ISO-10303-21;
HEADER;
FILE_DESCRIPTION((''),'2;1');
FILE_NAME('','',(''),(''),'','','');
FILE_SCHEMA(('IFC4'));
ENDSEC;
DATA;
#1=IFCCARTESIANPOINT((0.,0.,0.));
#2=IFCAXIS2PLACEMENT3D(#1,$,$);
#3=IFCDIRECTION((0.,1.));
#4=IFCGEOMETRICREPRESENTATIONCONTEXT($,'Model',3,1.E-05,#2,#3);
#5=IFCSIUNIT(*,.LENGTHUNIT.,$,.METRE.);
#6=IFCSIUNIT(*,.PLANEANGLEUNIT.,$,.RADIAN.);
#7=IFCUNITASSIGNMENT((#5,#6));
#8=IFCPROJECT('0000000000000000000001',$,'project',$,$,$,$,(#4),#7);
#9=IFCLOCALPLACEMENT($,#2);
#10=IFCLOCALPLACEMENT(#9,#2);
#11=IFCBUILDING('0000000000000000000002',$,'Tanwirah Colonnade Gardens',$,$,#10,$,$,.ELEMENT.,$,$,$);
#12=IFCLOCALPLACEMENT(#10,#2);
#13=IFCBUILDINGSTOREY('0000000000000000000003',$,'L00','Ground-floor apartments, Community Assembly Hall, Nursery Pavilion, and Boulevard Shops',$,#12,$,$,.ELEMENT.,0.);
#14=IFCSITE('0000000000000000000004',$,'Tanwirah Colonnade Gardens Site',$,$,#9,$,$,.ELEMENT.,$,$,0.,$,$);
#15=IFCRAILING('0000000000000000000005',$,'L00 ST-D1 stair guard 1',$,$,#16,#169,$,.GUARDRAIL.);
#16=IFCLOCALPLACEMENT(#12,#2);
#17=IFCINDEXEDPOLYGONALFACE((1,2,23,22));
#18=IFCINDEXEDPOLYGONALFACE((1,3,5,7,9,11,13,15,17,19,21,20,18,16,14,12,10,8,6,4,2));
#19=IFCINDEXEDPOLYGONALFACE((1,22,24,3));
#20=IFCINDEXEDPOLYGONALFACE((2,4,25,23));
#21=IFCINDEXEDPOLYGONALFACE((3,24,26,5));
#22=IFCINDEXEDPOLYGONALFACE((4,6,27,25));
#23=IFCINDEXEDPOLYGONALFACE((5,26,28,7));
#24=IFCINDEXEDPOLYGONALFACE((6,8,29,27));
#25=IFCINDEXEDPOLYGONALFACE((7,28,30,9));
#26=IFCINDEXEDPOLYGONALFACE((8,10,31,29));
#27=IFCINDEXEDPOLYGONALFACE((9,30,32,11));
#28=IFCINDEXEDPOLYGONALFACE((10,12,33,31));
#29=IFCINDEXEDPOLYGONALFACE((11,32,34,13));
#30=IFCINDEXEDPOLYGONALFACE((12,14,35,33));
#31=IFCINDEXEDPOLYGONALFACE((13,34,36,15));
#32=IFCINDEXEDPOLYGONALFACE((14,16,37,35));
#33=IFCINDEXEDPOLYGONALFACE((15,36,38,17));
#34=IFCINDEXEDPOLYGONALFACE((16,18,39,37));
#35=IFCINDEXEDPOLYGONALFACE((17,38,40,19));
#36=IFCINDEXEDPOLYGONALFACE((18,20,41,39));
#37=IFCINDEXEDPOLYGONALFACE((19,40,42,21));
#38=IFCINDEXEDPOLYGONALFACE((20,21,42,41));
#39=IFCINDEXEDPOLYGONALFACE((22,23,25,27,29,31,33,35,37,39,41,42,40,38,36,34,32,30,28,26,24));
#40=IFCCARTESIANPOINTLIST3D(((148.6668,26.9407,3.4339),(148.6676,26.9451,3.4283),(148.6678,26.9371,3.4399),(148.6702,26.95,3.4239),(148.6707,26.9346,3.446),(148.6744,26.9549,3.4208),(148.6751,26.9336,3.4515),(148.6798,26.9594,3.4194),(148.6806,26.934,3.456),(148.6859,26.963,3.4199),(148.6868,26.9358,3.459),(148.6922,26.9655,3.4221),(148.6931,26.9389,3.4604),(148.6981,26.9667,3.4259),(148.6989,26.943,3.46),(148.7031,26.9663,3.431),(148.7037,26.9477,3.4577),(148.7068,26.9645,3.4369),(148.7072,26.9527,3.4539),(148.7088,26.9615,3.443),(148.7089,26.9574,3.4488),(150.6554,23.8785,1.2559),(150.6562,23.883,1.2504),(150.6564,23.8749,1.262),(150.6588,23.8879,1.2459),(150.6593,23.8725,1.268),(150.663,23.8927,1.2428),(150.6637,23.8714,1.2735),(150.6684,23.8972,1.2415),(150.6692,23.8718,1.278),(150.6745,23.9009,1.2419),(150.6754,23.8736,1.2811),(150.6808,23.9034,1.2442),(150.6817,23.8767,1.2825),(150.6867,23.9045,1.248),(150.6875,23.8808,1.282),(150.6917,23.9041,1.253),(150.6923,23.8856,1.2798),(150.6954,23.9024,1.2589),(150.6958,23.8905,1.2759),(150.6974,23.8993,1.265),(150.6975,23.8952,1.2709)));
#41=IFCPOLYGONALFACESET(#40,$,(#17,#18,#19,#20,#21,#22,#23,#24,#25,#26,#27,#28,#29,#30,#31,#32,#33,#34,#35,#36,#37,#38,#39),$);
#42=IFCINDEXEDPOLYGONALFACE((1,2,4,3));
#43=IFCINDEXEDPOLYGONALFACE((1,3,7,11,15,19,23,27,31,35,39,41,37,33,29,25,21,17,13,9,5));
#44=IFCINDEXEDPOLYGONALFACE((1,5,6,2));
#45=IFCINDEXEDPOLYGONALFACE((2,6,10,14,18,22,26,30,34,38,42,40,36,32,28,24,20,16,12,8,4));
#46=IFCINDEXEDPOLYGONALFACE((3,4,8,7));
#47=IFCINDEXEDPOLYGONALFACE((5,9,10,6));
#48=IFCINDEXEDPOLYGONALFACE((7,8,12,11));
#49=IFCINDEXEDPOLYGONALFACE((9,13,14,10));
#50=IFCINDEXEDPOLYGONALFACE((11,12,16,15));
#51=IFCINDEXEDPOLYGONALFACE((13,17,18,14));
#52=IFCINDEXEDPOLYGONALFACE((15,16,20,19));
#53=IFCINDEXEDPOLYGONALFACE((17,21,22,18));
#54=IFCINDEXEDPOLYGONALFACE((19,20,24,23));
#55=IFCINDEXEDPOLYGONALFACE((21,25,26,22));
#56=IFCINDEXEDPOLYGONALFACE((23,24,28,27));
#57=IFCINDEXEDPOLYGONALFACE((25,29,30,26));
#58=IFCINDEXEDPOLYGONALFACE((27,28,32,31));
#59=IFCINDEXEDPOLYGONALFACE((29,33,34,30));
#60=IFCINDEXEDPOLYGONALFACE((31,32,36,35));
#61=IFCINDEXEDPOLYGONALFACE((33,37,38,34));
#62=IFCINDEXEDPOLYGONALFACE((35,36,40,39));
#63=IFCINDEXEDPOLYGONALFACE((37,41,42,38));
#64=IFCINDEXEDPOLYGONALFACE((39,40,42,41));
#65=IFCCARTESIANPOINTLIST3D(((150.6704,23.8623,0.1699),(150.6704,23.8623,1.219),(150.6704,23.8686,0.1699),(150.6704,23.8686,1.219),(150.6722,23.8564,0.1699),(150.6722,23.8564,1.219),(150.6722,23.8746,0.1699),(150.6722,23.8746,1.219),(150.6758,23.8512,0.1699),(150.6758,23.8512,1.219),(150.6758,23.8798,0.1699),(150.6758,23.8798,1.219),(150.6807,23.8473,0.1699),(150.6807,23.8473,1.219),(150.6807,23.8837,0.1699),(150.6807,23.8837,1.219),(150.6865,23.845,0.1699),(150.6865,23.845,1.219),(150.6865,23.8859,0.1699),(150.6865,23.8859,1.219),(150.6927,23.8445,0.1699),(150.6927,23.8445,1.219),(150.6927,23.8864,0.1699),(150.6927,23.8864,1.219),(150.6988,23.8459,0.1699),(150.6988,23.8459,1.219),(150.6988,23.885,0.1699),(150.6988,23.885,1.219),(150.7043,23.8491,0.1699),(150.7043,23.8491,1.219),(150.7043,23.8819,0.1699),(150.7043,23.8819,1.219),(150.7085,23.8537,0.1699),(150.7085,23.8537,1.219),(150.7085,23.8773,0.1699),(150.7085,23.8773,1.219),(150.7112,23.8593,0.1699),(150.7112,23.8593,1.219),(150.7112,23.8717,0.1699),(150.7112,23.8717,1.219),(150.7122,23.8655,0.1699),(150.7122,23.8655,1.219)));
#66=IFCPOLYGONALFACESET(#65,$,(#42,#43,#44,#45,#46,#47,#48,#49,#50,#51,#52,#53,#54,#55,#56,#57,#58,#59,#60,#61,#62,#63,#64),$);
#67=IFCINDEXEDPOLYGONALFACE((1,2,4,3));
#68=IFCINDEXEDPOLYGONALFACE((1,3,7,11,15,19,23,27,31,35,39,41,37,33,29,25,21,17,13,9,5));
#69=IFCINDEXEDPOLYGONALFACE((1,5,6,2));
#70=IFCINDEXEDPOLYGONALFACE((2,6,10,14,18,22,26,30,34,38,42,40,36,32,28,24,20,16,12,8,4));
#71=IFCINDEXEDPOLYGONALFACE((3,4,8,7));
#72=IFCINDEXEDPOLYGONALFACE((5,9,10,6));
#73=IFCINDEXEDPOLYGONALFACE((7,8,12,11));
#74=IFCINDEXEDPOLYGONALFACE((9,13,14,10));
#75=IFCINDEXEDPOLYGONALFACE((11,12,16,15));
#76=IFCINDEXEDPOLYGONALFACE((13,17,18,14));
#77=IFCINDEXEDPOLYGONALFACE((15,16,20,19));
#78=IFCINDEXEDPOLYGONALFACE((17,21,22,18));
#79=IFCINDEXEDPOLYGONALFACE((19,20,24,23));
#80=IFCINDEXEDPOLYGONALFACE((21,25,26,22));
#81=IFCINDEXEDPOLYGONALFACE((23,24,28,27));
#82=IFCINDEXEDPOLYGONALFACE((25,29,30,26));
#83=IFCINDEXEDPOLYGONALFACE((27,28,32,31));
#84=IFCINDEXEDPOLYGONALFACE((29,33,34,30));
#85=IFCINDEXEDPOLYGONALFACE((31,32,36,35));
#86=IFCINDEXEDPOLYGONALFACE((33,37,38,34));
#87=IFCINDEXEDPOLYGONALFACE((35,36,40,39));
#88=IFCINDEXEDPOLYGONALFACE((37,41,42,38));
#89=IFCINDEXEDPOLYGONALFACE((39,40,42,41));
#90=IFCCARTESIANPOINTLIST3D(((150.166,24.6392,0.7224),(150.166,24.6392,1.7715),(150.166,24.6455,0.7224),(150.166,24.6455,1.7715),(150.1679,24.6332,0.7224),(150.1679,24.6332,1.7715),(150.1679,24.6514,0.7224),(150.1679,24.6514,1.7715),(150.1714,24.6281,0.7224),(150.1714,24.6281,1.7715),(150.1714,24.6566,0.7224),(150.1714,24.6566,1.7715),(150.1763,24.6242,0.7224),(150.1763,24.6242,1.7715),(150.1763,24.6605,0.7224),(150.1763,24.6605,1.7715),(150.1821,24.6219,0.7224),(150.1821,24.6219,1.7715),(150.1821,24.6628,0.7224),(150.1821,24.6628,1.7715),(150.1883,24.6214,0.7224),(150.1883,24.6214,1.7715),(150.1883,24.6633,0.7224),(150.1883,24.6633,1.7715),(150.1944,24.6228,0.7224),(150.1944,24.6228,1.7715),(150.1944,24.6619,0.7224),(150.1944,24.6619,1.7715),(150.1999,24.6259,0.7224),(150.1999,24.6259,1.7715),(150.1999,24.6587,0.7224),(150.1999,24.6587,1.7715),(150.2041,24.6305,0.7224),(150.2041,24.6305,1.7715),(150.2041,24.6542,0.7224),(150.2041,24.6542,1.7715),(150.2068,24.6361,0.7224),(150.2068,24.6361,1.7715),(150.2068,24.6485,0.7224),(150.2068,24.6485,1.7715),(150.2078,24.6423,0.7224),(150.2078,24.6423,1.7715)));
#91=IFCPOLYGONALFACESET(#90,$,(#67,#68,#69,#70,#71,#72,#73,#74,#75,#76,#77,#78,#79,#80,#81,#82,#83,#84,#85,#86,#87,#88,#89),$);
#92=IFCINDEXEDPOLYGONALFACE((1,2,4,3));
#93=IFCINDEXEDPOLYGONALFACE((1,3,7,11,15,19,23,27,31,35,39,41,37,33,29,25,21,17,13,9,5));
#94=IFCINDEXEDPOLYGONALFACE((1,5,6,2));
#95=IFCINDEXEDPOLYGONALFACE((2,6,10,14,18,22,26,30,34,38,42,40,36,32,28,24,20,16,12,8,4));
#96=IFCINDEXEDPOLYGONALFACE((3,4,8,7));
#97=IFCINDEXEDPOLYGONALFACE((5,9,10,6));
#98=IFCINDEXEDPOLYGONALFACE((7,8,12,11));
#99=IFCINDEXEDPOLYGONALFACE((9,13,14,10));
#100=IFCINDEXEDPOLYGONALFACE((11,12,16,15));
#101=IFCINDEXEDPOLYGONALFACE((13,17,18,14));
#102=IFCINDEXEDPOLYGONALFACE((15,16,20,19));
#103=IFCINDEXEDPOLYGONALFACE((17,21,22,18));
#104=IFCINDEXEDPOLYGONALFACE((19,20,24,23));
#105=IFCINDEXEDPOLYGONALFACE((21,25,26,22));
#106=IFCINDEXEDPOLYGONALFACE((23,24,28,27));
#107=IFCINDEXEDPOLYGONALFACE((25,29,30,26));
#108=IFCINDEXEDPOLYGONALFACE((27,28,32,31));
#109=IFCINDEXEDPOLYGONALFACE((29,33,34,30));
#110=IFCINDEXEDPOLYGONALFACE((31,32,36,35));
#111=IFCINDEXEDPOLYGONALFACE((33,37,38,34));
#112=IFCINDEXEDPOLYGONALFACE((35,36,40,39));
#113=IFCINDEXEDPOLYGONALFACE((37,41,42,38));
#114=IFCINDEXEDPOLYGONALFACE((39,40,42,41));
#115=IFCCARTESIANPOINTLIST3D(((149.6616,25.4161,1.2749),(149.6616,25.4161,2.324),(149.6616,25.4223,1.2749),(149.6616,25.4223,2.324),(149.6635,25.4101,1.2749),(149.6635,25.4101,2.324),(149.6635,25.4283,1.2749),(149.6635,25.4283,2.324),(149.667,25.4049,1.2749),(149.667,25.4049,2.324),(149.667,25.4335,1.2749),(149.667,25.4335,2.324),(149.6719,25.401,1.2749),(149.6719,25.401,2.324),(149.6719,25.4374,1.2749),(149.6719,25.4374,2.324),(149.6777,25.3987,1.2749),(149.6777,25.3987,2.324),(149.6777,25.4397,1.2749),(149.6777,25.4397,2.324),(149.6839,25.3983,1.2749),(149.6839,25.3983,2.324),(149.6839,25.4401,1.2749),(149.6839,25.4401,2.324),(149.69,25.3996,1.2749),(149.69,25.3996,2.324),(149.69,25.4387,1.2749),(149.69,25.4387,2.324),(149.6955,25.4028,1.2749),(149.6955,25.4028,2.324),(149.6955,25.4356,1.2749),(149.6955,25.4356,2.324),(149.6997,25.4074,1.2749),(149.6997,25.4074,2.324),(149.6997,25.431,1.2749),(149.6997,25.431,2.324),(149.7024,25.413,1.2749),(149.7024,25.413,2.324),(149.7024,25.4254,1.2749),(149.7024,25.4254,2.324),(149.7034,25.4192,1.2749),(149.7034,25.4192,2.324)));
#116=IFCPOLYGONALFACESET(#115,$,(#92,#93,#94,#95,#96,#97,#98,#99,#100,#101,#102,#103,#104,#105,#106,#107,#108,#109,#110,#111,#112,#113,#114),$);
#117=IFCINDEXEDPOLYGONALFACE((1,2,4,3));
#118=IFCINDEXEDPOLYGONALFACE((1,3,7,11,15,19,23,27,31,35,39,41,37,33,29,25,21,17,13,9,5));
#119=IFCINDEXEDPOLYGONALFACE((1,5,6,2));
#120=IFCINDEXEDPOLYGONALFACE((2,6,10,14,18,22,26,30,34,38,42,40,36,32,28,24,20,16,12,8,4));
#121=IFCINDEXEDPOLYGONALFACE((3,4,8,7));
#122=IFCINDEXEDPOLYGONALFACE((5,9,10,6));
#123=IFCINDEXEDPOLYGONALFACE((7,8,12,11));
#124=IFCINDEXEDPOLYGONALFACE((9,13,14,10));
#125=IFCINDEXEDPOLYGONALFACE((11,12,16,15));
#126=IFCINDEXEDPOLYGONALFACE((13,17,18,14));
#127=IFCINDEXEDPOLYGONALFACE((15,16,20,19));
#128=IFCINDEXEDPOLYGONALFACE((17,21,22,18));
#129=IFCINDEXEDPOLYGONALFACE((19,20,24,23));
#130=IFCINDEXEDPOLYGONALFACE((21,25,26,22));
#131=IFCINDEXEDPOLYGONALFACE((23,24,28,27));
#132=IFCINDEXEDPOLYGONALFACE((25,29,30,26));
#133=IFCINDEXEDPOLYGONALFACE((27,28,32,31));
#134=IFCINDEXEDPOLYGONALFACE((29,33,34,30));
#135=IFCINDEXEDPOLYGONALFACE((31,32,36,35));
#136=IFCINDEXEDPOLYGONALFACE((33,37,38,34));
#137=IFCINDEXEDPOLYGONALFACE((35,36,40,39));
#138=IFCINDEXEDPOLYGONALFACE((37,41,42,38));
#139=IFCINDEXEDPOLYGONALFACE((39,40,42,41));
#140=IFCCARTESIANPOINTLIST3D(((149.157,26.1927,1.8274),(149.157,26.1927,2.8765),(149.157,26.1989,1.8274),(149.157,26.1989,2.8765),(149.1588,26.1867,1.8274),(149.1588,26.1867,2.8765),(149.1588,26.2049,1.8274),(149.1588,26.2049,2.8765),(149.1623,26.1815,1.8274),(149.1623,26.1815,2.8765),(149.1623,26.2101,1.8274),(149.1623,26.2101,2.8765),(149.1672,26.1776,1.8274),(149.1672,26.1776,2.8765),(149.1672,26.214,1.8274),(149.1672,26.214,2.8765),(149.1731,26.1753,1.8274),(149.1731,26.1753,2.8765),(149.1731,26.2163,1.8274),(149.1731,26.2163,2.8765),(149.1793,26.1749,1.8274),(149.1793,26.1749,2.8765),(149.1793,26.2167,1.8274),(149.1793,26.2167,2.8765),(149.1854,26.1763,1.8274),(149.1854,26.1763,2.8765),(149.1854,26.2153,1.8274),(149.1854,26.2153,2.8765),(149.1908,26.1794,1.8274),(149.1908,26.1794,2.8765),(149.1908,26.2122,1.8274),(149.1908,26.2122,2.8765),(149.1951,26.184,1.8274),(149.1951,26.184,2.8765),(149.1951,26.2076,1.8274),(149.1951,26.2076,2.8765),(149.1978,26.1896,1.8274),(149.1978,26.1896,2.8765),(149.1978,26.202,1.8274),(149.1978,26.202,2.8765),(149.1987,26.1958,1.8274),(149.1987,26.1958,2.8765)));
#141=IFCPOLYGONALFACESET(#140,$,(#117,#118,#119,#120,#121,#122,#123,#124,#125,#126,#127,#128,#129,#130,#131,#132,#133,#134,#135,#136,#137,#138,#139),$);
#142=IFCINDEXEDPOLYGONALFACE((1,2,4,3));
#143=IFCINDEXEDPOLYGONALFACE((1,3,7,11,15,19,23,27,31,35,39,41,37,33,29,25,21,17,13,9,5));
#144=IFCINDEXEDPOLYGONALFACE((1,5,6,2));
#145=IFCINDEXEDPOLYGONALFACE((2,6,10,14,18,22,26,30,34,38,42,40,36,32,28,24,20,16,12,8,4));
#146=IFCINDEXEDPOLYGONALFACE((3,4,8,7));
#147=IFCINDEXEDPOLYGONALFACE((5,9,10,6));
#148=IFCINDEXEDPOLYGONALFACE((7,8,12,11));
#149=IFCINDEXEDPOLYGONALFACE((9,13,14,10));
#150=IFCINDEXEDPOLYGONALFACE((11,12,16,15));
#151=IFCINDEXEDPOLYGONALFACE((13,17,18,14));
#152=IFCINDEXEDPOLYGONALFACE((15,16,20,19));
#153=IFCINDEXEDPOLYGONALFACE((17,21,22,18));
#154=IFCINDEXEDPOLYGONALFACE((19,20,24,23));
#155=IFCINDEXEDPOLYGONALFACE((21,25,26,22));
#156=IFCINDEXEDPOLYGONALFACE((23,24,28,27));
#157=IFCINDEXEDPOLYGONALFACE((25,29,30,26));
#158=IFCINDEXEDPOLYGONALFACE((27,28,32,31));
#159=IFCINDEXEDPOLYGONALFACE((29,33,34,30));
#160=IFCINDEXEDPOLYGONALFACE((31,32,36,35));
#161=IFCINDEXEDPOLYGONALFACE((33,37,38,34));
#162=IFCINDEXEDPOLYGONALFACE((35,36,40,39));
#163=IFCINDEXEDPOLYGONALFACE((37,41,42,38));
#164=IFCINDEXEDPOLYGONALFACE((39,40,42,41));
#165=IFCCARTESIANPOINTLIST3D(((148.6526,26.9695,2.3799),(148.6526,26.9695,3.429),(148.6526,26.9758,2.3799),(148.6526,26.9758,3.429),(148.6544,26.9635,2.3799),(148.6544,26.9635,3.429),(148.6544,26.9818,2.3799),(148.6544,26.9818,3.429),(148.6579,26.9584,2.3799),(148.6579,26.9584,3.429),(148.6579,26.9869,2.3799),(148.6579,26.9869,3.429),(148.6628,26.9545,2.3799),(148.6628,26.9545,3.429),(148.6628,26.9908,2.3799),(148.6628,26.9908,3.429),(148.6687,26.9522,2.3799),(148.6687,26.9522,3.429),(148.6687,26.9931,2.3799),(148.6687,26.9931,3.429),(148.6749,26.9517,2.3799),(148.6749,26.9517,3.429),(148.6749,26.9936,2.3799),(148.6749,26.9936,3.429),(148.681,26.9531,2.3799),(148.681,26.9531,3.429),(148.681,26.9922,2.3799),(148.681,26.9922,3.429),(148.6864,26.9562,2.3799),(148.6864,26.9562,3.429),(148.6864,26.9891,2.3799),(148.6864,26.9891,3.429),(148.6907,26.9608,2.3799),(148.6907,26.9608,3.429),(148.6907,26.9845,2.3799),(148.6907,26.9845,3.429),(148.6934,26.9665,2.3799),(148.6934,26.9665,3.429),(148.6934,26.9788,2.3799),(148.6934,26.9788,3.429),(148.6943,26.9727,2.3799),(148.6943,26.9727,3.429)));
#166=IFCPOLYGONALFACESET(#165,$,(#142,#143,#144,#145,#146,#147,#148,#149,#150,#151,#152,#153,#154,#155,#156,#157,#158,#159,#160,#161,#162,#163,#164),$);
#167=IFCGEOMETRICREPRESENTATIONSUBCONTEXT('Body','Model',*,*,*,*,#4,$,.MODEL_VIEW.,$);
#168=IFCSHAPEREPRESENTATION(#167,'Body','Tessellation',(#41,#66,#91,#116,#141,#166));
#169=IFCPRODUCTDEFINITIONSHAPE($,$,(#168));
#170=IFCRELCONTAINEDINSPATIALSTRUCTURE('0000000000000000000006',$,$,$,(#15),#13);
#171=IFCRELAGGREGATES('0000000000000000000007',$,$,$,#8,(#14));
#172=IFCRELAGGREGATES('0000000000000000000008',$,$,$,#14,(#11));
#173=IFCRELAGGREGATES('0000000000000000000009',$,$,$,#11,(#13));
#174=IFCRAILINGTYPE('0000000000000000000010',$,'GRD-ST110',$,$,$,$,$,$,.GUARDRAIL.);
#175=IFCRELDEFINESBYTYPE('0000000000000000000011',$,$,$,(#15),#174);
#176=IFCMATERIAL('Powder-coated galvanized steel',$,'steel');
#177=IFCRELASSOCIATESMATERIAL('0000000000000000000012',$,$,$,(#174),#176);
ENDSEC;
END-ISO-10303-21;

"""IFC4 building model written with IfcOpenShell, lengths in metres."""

from ifc_helpers import new_model, si_unit, direction, frame, origin, origin_2d, place, context, subcontext, project, spatial, circle, extrude, material, type_object, element, save


model = new_model("IFC4")

# Units and contexts
model_context = context("Model", 3, precision=1e-05, world=origin(), true_north=direction((0.0, 1.0)))
body_context = subcontext(model_context, "Body", "Model", "MODEL_VIEW")
ifc_project = project(units=[si_unit("LENGTHUNIT", "METRE"), si_unit("PLANEANGLEUNIT", "RADIAN")], contexts=[model_context])

# Site, building, storey
site_placement = place(None, origin())
site = spatial("IfcSite", under=ifc_project, at=site_placement, Name="Tanwirah Colonnade Gardens Site", CompositionType="ELEMENT", RefElevation=0.0)
building_placement = place(site_placement, origin())
building = spatial("IfcBuilding", under=site, at=building_placement, Name="Tanwirah Colonnade Gardens", CompositionType="ELEMENT")
storey_placement = place(building_placement, origin())
storey = spatial("IfcBuildingStorey", under=building, at=storey_placement, Name="L00", Description="Ground-floor apartments, Community Assembly Hall, Nursery Pavilion, and Boulevard Shops", CompositionType="ELEMENT", Elevation=0.0)

# Railing
ifc_material_1 = material(Name="Powder-coated galvanized steel", Category="steel")
railing_type_1 = type_object("IfcRailingType", Name="GRD-ST110", PredefinedType="GUARDRAIL", material=ifc_material_1)
railing_1_placement = place(storey_placement, frame((150.6912, 23.8655, 0.1699)))
element("IfcRailing", 1, at=railing_1_placement, inside=storey, type_object=railing_type_1, Name="L00 ST-D1 stair guard 1", PredefinedType="GUARDRAIL", context=body_context, shape_type="SweptSolid", body=[
    extrude(circle(Radius=0.0239, at=origin_2d()), frame((-0.0146, 0.0225, 1.092), z_axis=(-0.467745, 0.720264, 0.512284), x_axis=(-0.838671, -0.544639, 0.0)), (0.0, 0.0, 1.0), 4.2515),
    extrude(circle(Radius=0.021, at=origin_2d()), origin(), (0.0, 0.0, 1.0), 1.0491),
    extrude(circle(Radius=0.021, at=origin_2d()), frame((-0.5044, 0.7769, 0.5525)), (0.0, 0.0, 1.0), 1.0491),
    extrude(circle(Radius=0.021, at=origin_2d()), frame((-1.0088, 1.5537, 1.105)), (0.0, 0.0, 1.0), 1.0491),
    extrude(circle(Radius=0.021, at=origin_2d()), frame((-1.5134, 2.3303, 1.6575)), (0.0, 0.0, 1.0), 1.0491),
    extrude(circle(Radius=0.021, at=origin_2d()), frame((-2.0178, 3.1072, 2.21)), (0.0, 0.0, 1.0), 1.0491),
])

save(model, "model.ifc")
